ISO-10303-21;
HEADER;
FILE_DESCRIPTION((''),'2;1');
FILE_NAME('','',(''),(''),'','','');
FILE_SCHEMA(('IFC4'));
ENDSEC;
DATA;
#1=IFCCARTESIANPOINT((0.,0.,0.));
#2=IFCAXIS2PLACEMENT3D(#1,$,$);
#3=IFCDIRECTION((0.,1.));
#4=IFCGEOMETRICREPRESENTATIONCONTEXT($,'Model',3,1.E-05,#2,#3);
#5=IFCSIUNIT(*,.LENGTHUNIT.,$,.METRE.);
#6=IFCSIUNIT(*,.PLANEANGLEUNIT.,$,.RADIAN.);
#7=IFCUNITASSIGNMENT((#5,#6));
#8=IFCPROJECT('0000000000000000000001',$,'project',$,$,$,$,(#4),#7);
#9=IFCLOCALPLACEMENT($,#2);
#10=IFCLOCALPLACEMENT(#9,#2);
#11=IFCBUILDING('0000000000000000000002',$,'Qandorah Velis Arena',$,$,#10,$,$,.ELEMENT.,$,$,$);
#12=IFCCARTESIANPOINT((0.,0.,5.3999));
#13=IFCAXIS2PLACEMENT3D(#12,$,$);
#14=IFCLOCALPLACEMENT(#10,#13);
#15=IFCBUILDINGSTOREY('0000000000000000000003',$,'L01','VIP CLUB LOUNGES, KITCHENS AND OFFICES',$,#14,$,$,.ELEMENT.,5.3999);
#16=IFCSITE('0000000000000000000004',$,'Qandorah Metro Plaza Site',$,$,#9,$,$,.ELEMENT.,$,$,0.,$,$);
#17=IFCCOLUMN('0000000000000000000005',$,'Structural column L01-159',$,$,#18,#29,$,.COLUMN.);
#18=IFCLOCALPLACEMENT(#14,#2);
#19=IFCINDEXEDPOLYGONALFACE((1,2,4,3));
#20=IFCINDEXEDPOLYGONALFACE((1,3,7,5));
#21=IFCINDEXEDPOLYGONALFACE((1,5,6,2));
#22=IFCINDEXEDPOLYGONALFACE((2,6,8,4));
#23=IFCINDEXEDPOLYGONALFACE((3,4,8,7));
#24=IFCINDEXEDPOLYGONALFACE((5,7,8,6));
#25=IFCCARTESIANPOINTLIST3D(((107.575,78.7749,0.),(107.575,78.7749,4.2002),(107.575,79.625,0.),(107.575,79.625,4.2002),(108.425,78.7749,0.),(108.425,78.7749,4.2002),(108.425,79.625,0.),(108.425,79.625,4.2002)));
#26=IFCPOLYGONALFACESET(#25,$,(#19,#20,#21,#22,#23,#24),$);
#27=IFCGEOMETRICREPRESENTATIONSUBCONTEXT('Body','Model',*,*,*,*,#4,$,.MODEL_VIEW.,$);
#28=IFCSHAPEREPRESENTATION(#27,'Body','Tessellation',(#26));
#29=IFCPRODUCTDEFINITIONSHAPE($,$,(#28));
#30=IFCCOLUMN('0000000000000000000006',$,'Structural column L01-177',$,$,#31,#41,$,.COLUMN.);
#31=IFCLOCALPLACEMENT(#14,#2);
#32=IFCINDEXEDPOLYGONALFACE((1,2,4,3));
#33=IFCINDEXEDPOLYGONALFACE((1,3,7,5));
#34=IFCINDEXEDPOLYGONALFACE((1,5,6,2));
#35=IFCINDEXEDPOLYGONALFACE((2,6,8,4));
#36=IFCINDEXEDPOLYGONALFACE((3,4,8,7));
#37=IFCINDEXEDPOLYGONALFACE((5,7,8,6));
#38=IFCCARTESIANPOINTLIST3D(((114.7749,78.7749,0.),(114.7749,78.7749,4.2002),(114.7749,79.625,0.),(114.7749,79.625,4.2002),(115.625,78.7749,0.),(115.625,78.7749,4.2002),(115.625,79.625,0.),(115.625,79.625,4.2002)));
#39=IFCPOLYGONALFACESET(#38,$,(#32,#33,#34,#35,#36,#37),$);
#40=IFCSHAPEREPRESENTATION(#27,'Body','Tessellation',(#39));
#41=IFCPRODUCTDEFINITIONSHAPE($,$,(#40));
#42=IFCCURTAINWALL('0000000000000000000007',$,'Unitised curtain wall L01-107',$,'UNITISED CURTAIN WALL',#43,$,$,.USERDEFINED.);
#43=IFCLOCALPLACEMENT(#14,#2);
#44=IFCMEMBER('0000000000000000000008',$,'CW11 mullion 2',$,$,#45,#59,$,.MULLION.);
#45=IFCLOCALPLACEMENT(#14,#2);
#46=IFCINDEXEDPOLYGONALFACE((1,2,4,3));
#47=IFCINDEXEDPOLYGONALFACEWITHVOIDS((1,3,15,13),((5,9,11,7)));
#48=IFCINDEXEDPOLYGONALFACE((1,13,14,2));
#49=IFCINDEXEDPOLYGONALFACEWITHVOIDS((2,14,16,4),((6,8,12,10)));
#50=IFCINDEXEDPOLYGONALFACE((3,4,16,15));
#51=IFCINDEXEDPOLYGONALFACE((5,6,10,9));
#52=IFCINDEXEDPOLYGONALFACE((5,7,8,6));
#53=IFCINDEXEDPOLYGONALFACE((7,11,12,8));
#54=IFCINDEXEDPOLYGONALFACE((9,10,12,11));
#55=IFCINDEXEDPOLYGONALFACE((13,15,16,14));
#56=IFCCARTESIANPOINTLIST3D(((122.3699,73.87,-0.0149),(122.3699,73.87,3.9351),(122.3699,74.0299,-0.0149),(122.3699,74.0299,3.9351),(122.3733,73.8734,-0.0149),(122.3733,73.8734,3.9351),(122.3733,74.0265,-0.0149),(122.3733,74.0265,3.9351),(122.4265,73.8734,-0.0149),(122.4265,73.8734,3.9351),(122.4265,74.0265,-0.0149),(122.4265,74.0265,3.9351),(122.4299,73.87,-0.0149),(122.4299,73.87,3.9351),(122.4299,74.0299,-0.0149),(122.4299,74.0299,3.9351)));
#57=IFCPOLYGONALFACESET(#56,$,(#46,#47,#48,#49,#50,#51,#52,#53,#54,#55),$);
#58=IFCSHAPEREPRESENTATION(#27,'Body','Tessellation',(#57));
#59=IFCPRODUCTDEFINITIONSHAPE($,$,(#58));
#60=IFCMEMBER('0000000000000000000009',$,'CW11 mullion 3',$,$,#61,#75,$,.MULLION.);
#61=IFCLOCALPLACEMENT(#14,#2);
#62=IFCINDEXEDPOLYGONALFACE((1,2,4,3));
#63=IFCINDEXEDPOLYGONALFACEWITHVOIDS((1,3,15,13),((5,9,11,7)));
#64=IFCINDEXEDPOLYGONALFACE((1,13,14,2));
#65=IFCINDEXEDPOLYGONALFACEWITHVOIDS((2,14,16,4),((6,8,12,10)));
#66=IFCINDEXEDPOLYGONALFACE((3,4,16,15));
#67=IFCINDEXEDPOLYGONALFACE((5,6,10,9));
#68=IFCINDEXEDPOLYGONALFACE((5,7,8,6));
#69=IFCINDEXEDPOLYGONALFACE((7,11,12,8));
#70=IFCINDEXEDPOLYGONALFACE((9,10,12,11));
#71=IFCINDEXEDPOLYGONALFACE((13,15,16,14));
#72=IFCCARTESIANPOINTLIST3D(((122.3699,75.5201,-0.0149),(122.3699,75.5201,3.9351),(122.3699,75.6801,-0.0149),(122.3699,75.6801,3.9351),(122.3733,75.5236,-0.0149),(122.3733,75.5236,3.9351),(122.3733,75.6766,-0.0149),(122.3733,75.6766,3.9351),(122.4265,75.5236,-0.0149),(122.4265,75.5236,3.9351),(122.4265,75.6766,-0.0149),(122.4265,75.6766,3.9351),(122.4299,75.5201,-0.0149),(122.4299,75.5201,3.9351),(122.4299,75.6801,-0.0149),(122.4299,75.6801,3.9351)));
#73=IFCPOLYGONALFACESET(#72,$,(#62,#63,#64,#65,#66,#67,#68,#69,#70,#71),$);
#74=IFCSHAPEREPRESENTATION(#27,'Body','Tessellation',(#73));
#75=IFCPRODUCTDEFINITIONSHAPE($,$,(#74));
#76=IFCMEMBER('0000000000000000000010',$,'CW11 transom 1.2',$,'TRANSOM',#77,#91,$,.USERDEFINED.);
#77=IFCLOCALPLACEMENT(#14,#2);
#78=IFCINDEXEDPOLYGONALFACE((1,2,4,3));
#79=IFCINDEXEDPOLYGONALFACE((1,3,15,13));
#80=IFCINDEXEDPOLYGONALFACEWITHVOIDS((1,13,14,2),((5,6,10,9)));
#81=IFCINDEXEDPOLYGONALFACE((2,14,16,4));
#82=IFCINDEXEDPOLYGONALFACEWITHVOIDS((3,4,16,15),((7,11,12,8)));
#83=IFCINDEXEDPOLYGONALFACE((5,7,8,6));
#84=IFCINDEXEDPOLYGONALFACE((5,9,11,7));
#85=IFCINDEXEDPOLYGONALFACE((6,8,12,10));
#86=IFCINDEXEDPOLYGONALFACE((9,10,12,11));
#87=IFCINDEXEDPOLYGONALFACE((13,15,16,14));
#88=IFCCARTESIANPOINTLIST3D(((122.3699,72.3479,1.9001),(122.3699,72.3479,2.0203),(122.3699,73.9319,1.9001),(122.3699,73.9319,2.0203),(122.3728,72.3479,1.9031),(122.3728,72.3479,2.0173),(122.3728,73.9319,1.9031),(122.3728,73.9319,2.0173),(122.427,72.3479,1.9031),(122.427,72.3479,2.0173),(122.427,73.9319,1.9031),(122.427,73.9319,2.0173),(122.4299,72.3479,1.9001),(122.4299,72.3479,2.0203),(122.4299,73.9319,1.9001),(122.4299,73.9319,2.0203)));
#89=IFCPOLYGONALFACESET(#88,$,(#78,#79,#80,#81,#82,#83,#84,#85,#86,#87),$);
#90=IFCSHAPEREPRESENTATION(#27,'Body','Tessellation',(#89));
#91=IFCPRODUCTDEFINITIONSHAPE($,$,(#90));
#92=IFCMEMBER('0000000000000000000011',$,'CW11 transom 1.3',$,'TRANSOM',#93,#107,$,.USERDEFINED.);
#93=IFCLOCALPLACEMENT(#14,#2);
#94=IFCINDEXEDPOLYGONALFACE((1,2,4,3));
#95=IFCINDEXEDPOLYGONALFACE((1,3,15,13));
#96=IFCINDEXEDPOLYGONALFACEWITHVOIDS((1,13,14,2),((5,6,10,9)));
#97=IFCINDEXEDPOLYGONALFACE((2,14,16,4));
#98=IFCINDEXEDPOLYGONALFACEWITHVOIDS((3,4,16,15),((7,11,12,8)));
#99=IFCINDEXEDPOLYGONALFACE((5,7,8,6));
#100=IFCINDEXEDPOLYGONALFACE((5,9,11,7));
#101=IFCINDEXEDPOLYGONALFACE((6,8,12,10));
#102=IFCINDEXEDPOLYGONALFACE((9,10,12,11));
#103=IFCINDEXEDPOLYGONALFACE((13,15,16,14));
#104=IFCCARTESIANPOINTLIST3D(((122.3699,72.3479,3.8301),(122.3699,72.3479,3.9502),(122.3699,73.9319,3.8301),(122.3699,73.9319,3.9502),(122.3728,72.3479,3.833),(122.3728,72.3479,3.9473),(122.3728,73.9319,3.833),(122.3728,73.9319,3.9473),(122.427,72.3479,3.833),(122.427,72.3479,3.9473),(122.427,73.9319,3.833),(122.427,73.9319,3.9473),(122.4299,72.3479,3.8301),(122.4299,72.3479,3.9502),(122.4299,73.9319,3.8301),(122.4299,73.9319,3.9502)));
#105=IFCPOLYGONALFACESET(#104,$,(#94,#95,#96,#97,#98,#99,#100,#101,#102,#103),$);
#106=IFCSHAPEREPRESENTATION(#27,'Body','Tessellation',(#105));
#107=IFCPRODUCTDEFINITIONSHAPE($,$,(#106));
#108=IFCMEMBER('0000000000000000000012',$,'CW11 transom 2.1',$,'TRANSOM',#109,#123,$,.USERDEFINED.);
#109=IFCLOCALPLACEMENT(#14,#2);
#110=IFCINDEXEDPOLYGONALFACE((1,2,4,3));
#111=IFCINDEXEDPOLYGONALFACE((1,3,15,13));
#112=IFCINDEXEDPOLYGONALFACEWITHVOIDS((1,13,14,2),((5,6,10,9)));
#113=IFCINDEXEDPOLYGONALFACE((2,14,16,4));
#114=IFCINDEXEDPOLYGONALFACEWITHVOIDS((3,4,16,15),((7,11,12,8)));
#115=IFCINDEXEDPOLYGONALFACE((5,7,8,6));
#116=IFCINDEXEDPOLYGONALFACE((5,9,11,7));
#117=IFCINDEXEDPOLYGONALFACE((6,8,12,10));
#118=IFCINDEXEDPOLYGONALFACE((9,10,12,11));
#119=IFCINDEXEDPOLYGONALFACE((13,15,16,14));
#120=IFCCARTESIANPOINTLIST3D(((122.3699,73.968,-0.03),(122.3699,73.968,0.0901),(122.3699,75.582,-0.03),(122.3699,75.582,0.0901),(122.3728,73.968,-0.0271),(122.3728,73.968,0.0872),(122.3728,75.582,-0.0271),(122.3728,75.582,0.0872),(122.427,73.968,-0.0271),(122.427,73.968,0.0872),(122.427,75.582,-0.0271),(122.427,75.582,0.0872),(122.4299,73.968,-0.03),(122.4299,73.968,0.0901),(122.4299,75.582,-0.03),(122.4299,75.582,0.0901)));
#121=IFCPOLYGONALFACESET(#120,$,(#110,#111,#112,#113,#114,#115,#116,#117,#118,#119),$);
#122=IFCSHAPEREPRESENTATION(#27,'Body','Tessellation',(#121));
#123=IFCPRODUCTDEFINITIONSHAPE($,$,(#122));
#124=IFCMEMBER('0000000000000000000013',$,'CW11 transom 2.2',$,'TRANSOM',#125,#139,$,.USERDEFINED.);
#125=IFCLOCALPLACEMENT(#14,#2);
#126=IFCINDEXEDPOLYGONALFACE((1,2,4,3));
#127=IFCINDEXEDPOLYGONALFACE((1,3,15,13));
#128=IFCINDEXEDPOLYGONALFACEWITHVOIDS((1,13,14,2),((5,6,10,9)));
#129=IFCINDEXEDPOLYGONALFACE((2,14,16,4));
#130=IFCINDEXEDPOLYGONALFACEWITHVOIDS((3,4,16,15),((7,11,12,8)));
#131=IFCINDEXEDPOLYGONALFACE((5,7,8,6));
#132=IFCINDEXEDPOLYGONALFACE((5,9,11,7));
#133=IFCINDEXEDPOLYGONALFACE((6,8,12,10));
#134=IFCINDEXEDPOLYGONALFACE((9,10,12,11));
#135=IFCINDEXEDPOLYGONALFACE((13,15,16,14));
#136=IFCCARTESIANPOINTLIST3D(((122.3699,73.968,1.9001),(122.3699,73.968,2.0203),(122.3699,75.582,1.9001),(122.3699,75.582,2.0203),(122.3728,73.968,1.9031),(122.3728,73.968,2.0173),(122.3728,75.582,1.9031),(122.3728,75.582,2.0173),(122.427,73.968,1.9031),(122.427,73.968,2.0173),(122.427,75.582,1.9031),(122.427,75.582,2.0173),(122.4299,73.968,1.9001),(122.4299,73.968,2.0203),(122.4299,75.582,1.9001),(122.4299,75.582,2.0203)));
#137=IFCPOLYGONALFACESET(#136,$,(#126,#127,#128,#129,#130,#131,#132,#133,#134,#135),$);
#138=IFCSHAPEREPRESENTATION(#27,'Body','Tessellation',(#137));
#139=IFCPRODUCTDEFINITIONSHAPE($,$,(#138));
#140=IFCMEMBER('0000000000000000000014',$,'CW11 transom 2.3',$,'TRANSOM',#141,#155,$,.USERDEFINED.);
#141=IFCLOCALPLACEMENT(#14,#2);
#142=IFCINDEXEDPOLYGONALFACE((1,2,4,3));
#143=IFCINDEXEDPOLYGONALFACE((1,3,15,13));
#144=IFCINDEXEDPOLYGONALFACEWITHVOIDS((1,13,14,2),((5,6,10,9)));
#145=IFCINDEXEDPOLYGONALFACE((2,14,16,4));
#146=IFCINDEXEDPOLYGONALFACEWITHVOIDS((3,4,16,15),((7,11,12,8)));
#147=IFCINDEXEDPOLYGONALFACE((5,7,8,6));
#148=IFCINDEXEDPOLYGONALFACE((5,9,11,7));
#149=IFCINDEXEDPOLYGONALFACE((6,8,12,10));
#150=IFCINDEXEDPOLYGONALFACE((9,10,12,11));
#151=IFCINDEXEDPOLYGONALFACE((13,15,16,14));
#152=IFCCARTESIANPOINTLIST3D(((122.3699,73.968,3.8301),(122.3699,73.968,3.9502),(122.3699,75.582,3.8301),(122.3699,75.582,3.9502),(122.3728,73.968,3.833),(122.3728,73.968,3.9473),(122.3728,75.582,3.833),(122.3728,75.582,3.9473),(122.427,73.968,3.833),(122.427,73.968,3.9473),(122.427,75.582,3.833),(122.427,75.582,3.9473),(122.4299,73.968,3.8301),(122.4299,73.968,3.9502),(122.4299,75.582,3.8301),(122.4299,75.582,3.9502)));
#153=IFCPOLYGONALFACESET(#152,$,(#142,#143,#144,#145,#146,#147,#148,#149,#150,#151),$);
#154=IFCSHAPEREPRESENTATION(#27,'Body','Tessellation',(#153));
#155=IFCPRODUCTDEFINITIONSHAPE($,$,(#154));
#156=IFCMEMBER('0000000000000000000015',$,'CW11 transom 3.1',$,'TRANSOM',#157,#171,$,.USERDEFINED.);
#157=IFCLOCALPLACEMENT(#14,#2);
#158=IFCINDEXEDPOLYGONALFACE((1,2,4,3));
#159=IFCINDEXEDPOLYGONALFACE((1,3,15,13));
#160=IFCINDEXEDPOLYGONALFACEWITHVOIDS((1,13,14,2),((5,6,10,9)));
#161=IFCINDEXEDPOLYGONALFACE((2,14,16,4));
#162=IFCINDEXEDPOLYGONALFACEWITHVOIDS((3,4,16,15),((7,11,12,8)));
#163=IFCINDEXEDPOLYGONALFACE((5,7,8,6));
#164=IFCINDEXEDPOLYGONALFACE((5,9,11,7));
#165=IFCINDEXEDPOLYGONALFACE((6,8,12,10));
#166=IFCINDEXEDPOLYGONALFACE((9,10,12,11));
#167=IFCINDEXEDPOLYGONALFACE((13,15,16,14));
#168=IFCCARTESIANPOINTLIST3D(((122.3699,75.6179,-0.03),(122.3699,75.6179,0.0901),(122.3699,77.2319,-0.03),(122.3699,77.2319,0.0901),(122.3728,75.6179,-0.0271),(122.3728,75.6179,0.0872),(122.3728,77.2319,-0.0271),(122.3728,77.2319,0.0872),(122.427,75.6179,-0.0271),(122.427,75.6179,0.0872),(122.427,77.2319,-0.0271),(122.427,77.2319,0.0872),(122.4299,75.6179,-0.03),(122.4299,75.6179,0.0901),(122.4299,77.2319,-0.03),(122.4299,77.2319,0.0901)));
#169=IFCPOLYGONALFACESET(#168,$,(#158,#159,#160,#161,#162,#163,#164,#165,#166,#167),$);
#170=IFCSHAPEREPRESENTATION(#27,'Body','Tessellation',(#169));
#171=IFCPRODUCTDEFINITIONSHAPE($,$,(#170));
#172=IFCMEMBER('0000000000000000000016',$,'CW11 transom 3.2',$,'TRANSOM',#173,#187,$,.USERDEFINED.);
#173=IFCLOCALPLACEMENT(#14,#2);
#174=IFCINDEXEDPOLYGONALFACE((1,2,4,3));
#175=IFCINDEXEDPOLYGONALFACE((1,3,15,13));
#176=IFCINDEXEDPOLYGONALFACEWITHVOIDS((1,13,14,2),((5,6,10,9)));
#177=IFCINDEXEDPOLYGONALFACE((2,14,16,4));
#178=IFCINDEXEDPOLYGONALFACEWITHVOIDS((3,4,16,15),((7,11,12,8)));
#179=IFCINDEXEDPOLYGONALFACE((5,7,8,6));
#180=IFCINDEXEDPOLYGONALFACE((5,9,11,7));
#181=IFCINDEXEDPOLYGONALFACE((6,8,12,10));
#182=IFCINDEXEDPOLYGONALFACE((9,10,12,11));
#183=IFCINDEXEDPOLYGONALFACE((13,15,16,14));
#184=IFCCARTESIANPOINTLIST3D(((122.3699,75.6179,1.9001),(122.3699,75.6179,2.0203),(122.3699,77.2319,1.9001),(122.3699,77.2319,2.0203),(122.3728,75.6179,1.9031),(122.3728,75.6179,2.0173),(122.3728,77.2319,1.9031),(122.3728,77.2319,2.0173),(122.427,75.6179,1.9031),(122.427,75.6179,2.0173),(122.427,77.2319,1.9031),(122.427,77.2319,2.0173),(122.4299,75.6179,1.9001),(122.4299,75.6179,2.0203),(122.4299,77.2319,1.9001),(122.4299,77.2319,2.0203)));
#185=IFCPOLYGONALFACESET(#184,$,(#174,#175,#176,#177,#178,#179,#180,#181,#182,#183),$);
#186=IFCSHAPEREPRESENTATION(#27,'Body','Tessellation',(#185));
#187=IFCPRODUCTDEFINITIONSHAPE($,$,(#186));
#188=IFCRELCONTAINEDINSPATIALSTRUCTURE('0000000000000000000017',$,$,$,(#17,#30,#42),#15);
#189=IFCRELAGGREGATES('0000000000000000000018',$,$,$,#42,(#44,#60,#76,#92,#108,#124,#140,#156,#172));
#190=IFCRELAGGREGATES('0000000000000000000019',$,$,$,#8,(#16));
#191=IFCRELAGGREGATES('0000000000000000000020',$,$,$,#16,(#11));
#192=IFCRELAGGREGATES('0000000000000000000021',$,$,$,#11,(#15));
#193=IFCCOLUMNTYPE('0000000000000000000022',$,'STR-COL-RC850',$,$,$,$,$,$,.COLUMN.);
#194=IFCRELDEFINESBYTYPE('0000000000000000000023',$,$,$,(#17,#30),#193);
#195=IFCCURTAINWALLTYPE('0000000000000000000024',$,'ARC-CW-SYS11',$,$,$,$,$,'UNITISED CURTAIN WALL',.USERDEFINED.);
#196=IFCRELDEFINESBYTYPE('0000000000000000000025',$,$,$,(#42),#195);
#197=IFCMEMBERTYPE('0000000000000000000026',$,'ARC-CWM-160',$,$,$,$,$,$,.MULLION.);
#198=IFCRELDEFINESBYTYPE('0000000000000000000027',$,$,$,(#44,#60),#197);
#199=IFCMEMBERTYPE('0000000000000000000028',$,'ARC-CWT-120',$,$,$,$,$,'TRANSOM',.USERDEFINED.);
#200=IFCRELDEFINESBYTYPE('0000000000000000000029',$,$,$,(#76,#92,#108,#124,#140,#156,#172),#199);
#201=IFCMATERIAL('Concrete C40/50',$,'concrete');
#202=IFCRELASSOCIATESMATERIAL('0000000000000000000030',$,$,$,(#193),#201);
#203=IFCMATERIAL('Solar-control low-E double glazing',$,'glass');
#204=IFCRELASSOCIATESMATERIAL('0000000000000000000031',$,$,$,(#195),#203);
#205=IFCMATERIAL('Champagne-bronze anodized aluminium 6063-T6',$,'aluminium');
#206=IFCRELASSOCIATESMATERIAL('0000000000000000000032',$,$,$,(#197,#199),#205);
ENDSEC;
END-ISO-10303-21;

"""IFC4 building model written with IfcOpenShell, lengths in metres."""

from ifc_helpers import new_model, si_unit, direction, frame, origin, origin_2d, place, context, subcontext, project, spatial, rectangle, hollow_rectangle, extrude, material, material_profile, profile_set, type_object, element, aggregate, save


model = new_model("IFC4")

# Units and contexts
model_context = context("Model", 3, precision=1e-05, world=origin(), true_north=direction((0.0, 1.0)))
body_context = subcontext(model_context, "Body", "Model", "MODEL_VIEW")
ifc_project = project(units=[si_unit("LENGTHUNIT", "METRE"), si_unit("PLANEANGLEUNIT", "RADIAN")], contexts=[model_context])

# Site, building, storey
site_placement = place(None, origin())
site = spatial("IfcSite", under=ifc_project, at=site_placement, Name="Qandorah Metro Plaza Site", CompositionType="ELEMENT", RefElevation=0.0)
building_placement = place(site_placement, origin())
building = spatial("IfcBuilding", under=site, at=building_placement, Name="Qandorah Velis Arena", CompositionType="ELEMENT")
storey_placement = place(building_placement, frame((0.0, 0.0, 5.3999)))
storey = spatial("IfcBuildingStorey", under=building, at=storey_placement, Name="L01", Description="VIP CLUB LOUNGES, KITCHENS AND OFFICES", CompositionType="ELEMENT", Elevation=5.3999)

# Columns
ifc_material_1 = material(Name="Concrete C40/50", Category="concrete")
ifc_material_profile_1 = material_profile(ifc_material_1, rectangle(XDim=0.8501, YDim=0.8501, at=origin_2d()), Name="RC COL 850x850")
ifc_profile_set_1 = profile_set([ifc_material_profile_1], Name="Concrete C40/50")
column_type = type_object("IfcColumnType", Name="STR-COL-RC850", PredefinedType="COLUMN", material=ifc_profile_set_1)
for number, where, z_axis, x_axis, name in (
    (1, (108.0, 79.2, 0.0), (0.0, 0.0, 1.0), (1.0, 0.0, 0.0), "Structural column L01-159"),
    (2, (115.2, 79.2, 0.0), (0.0, 0.0, 1.0), (1.0, 0.0, 0.0), "Structural column L01-177"),
):
    element("IfcColumn", number, at=place(storey_placement, frame(where, z_axis=z_axis, x_axis=x_axis)), inside=storey, type_object=column_type, Name=name, PredefinedType="COLUMN", context=body_context, shape_type="SweptSolid", body=[
        extrude(rectangle(XDim=0.8501, YDim=0.8501, at=origin_2d()), origin(), (0.0, 0.0, 1.0), 4.2002),
    ])

# Curtain wall, members
ifc_material_2 = material(Name="Solar-control low-E double glazing", Category="glass")
curtain_wall_type = type_object("IfcCurtainWallType", Name="ARC-CW-SYS11", ElementType="UNITISED CURTAIN WALL", PredefinedType="USERDEFINED", material=ifc_material_2)
curtain_wall_placement = place(storey_placement, origin())
curtain_wall = element("IfcCurtainWall", 3, at=curtain_wall_placement, inside=storey, type_object=curtain_wall_type, Name="Unitised curtain wall L01-107", ObjectType="UNITISED CURTAIN WALL", PredefinedType="USERDEFINED")
ifc_material_3 = material(Name="Champagne-bronze anodized aluminium 6063-T6", Category="aluminium")
ifc_material_profile_2 = material_profile(ifc_material_3, hollow_rectangle(XDim=0.0601, YDim=0.1599, WallThickness=0.0034, at=origin_2d()), Name="ALU MULLION 60x160")
ifc_profile_set_2 = profile_set([ifc_material_profile_2], Name="Champagne-bronze anodized aluminium 6063-T6")
member_type_1 = type_object("IfcMemberType", Name="ARC-CWM-160", PredefinedType="MULLION", material=ifc_profile_set_2)
member_1_placement = place(storey_placement, frame((122.3999, 73.95, -0.0149), z_axis=(0.0, 0.0, 1.0), x_axis=(-1.0, 0.0, 0.0)))
member_1 = element("IfcMember", 4, at=member_1_placement, type_object=member_type_1, Name="CW11 mullion 2", PredefinedType="MULLION", context=body_context, shape_type="SweptSolid", body=[
    extrude(hollow_rectangle(XDim=0.0601, YDim=0.1599, WallThickness=0.0034, at=origin_2d()), origin(), (0.0, 0.0, 1.0), 3.95),
])
member_2_placement = place(storey_placement, frame((122.3999, 75.6001, -0.0149), z_axis=(0.0, 0.0, 1.0), x_axis=(-1.0, 0.0, 0.0)))
member_2 = element("IfcMember", 5, at=member_2_placement, type_object=member_type_1, Name="CW11 mullion 3", PredefinedType="MULLION", context=body_context, shape_type="SweptSolid", body=[
    extrude(hollow_rectangle(XDim=0.0601, YDim=0.1599, WallThickness=0.0034, at=origin_2d()), origin(), (0.0, 0.0, 1.0), 3.95),
])
ifc_material_profile_3 = material_profile(ifc_material_3, hollow_rectangle(XDim=0.0601, YDim=0.1201, WallThickness=0.0029, at=origin_2d()), Name="ALU TRANSOM 60x120")
ifc_profile_set_3 = profile_set([ifc_material_profile_3], Name="Champagne-bronze anodized aluminium 6063-T6")
member_type_2 = type_object("IfcMemberType", Name="ARC-CWT-120", ElementType="TRANSOM", PredefinedType="USERDEFINED", material=ifc_profile_set_3)
member_3_placement = place(storey_placement, frame((122.3999, 72.3479, 1.9602), z_axis=(0.0, 1.0, 0.0), x_axis=(-1.0, 0.0, 0.0)))
member_3 = element("IfcMember", 6, at=member_3_placement, type_object=member_type_2, Name="CW11 transom 1.2", ObjectType="TRANSOM", PredefinedType="USERDEFINED", context=body_context, shape_type="SweptSolid", body=[
    extrude(hollow_rectangle(XDim=0.0601, YDim=0.1201, WallThickness=0.0029, at=origin_2d()), origin(), (0.0, 0.0, 1.0), 1.584),
])
member_4_placement = place(storey_placement, frame((122.3999, 72.3479, 3.8901), z_axis=(0.0, 1.0, 0.0), x_axis=(-1.0, 0.0, 0.0)))
member_4 = element("IfcMember", 7, at=member_4_placement, type_object=member_type_2, Name="CW11 transom 1.3", ObjectType="TRANSOM", PredefinedType="USERDEFINED", context=body_context, shape_type="SweptSolid", body=[
    extrude(hollow_rectangle(XDim=0.0601, YDim=0.1201, WallThickness=0.0029, at=origin_2d()), origin(), (0.0, 0.0, 1.0), 1.584),
])
member_5_placement = place(storey_placement, frame((122.3999, 73.968, 0.03), z_axis=(0.0, 1.0, 0.0), x_axis=(-1.0, 0.0, 0.0)))
member_5 = element("IfcMember", 8, at=member_5_placement, type_object=member_type_2, Name="CW11 transom 2.1", ObjectType="TRANSOM", PredefinedType="USERDEFINED", context=body_context, shape_type="SweptSolid", body=[
    extrude(hollow_rectangle(XDim=0.0601, YDim=0.1201, WallThickness=0.0029, at=origin_2d()), origin(), (0.0, 0.0, 1.0), 1.614),
])
member_6_placement = place(storey_placement, frame((122.3999, 73.968, 1.9602), z_axis=(0.0, 1.0, 0.0), x_axis=(-1.0, 0.0, 0.0)))
member_6 = element("IfcMember", 9, at=member_6_placement, type_object=member_type_2, Name="CW11 transom 2.2", ObjectType="TRANSOM", PredefinedType="USERDEFINED", context=body_context, shape_type="SweptSolid", body=[
    extrude(hollow_rectangle(XDim=0.0601, YDim=0.1201, WallThickness=0.0029, at=origin_2d()), origin(), (0.0, 0.0, 1.0), 1.614),
])
member_7_placement = place(storey_placement, frame((122.3999, 73.968, 3.8901), z_axis=(0.0, 1.0, 0.0), x_axis=(-1.0, 0.0, 0.0)))
member_7 = element("IfcMember", 10, at=member_7_placement, type_object=member_type_2, Name="CW11 transom 2.3", ObjectType="TRANSOM", PredefinedType="USERDEFINED", context=body_context, shape_type="SweptSolid", body=[
    extrude(hollow_rectangle(XDim=0.0601, YDim=0.1201, WallThickness=0.0029, at=origin_2d()), origin(), (0.0, 0.0, 1.0), 1.614),
])
member_8_placement = place(storey_placement, frame((122.3999, 75.6179, 0.03), z_axis=(0.0, 1.0, 0.0), x_axis=(-1.0, 0.0, 0.0)))
member_8 = element("IfcMember", 11, at=member_8_placement, type_object=member_type_2, Name="CW11 transom 3.1", ObjectType="TRANSOM", PredefinedType="USERDEFINED", context=body_context, shape_type="SweptSolid", body=[
    extrude(hollow_rectangle(XDim=0.0601, YDim=0.1201, WallThickness=0.0029, at=origin_2d()), origin(), (0.0, 0.0, 1.0), 1.614),
])
member_9_placement = place(storey_placement, frame((122.3999, 75.6179, 1.9602), z_axis=(0.0, 1.0, 0.0), x_axis=(-1.0, 0.0, 0.0)))
member_9 = element("IfcMember", 12, at=member_9_placement, type_object=member_type_2, Name="CW11 transom 3.2", ObjectType="TRANSOM", PredefinedType="USERDEFINED", context=body_context, shape_type="SweptSolid", body=[
    extrude(hollow_rectangle(XDim=0.0601, YDim=0.1201, WallThickness=0.0029, at=origin_2d()), origin(), (0.0, 0.0, 1.0), 1.614),
])

aggregate(curtain_wall, [member_1, member_2, member_3, member_4, member_5, member_6, member_7, member_8, member_9])

save(model, "model.ifc")
